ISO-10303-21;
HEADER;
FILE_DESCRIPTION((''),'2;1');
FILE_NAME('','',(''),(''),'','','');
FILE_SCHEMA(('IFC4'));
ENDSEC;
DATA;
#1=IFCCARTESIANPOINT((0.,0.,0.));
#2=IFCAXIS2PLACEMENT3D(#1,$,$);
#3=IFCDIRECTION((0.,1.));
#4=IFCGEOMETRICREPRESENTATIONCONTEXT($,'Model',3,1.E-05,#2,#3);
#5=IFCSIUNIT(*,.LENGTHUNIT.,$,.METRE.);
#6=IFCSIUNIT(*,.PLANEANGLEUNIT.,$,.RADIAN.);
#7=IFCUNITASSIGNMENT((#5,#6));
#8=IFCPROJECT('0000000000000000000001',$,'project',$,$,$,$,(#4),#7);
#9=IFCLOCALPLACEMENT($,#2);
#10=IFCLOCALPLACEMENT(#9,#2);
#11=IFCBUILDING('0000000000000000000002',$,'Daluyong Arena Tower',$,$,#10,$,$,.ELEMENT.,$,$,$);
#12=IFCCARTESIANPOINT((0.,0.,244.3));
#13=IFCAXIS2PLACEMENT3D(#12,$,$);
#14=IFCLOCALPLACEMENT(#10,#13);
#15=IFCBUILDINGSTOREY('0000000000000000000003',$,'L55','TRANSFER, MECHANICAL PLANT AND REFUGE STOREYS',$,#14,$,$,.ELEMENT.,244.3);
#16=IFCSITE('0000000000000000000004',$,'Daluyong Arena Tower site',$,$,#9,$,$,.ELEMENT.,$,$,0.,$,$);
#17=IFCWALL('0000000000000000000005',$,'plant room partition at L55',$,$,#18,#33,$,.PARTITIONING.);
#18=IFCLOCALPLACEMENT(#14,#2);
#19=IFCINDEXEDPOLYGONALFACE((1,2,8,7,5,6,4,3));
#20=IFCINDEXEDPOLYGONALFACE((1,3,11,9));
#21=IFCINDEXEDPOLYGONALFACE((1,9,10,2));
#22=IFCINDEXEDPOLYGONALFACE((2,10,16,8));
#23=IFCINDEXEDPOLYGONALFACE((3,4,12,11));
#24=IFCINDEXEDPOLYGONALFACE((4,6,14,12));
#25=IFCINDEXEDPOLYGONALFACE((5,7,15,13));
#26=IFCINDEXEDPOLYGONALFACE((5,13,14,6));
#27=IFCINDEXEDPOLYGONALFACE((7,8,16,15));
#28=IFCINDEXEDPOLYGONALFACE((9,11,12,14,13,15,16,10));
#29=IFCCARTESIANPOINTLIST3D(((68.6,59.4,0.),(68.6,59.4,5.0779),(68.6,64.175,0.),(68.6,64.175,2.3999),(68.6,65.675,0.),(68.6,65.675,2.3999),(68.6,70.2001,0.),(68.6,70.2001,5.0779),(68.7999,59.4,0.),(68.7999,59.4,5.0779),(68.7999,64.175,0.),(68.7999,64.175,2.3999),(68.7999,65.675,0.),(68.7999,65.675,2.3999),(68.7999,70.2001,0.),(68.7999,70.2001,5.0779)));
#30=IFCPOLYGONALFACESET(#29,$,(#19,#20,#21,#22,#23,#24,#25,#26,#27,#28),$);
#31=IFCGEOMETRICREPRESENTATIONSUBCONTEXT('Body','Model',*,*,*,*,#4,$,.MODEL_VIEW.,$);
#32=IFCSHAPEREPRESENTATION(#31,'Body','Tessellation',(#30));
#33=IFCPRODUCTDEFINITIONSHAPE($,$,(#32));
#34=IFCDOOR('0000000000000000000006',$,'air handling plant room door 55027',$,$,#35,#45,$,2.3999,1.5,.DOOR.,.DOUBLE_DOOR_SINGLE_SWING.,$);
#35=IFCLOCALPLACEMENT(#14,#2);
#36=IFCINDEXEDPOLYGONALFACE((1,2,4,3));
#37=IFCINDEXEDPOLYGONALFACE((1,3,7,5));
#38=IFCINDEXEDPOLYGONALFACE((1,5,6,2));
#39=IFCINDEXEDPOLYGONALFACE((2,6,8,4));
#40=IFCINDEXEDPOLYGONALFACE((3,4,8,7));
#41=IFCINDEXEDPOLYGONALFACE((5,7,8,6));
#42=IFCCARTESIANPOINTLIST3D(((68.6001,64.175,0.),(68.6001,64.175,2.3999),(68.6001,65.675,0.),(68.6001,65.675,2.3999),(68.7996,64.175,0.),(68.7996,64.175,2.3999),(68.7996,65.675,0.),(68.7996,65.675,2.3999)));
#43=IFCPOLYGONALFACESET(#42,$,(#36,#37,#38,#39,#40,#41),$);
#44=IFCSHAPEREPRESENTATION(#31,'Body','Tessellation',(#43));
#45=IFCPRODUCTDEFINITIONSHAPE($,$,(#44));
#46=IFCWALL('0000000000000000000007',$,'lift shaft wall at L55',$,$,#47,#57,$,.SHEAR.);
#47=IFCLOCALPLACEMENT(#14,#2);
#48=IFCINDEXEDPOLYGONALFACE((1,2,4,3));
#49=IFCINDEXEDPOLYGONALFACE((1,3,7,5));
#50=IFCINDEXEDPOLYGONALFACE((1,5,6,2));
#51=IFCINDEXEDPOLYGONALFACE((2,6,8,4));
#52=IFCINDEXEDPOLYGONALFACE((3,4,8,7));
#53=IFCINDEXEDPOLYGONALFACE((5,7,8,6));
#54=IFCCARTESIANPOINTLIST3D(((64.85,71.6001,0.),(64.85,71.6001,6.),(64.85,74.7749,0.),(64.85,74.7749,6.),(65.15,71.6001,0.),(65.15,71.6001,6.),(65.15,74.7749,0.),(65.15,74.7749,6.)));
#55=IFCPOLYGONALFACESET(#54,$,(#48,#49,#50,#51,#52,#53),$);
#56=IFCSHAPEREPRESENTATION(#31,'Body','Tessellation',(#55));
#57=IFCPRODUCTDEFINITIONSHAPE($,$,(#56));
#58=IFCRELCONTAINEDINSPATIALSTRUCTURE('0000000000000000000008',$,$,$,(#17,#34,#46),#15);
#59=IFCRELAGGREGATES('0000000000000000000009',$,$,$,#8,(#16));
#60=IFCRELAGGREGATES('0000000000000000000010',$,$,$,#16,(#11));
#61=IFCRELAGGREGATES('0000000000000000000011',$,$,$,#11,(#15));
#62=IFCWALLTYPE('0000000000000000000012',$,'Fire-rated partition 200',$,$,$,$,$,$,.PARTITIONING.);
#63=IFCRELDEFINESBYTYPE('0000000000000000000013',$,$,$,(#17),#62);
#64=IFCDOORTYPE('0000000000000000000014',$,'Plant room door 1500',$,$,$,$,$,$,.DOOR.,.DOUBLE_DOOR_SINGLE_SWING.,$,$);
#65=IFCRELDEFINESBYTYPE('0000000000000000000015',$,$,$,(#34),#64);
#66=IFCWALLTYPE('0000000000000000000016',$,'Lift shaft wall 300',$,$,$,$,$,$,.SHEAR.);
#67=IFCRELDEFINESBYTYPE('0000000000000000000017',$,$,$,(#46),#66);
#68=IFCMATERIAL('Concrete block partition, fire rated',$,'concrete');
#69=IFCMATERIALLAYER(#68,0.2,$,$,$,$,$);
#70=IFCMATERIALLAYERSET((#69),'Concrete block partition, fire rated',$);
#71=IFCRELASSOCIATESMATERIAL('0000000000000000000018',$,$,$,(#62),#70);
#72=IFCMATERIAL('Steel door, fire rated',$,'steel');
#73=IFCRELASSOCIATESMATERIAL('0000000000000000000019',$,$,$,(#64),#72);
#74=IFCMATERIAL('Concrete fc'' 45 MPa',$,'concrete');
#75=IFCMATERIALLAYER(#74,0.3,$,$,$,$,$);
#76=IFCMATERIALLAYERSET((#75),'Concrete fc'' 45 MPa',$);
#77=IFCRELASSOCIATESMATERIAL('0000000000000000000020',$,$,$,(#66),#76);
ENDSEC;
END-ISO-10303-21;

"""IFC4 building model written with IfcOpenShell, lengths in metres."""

from ifc_helpers import new_model, si_unit, direction, frame, frame_2d, origin, place, context, subcontext, project, spatial, rectangle, extrude, material, layer, layer_set, type_object, element, fill, save


model = new_model("IFC4")

# Units and contexts
model_context = context("Model", 3, precision=1e-05, world=origin(), true_north=direction((0.0, 1.0)))
body_context = subcontext(model_context, "Body", "Model", "MODEL_VIEW")
ifc_project = project(units=[si_unit("LENGTHUNIT", "METRE"), si_unit("PLANEANGLEUNIT", "RADIAN")], contexts=[model_context])

# Site, building, storey
site_placement = place(None, origin())
site = spatial("IfcSite", under=ifc_project, at=site_placement, Name="Daluyong Arena Tower site", CompositionType="ELEMENT", RefElevation=0.0)
building_placement = place(site_placement, origin())
building = spatial("IfcBuilding", under=site, at=building_placement, Name="Daluyong Arena Tower", CompositionType="ELEMENT")
storey_placement = place(building_placement, frame((0.0, 0.0, 244.3)))
storey = spatial("IfcBuildingStorey", under=building, at=storey_placement, Name="L55", Description="TRANSFER, MECHANICAL PLANT AND REFUGE STOREYS", CompositionType="ELEMENT", Elevation=244.3)

# Wall, opening, door
ifc_material_1 = material(Name="Concrete block partition, fire rated", Category="concrete")
ifc_layer_1 = layer(ifc_material_1, 0.2)
ifc_layer_set_1 = layer_set([ifc_layer_1], Name="Concrete block partition, fire rated")
wall_type_1 = type_object("IfcWallType", Name="Fire-rated partition 200", PredefinedType="PARTITIONING", material=ifc_layer_set_1)
ifc_material_2 = material(Name="Steel door, fire rated", Category="steel")
door_type_1 = type_object("IfcDoorType", Name="Plant room door 1500", OperationType="DOUBLE_DOOR_SINGLE_SWING", PredefinedType="DOOR", material=ifc_material_2)
wall_1_placement = place(storey_placement, frame((68.7, 70.2, 0.0), z_axis=(0.0, 0.0, 1.0), x_axis=(0.0, -1.0, 0.0)))
wall_1 = element("IfcWall", 1, at=wall_1_placement, inside=storey, type_object=wall_type_1, Name="plant room partition at L55", PredefinedType="PARTITIONING", context=body_context, shape_type="SweptSolid", body=[
    extrude(rectangle(XDim=10.8, YDim=0.2, at=frame_2d((5.3999, 0.0))), origin(), (0.0, 0.0, 1.0), 5.0779),
])
opening_1_placement = place(wall_1_placement, frame((4.5249, 0.0, 0.0)))
opening_1 = element("IfcOpeningElement", 2, at=opening_1_placement, cuts=wall_1, PredefinedType="OPENING", context=body_context, shape_type="SweptSolid", body=[
    extrude(rectangle(XDim=1.5, YDim=2.3999, at=frame_2d((0.75, 1.2))), frame((0.0, 0.1099, 0.0), z_axis=(0.0, -1.0, 0.0), x_axis=(1.0, 0.0, 0.0)), (0.0, 0.0, 1.0), 0.22),
])
door_1_placement = place(opening_1_placement, origin())
door_1 = element("IfcDoor", 3, at=door_1_placement, inside=storey, type_object=door_type_1, Name="air handling plant room door 55027", OperationType="DOUBLE_DOOR_SINGLE_SWING", OverallHeight=2.3999, OverallWidth=1.5, PredefinedType="DOOR", context=body_context, shape_type="SweptSolid", body=[
    extrude(rectangle(XDim=1.5, YDim=2.3999, at=frame_2d((0.75, 1.2))), frame((0.0, 0.0996, 0.0), z_axis=(0.0, -1.0, 0.0), x_axis=(1.0, 0.0, 0.0)), (0.0, 0.0, 1.0), 0.1995),
])
fill(opening_1, door_1)

# Wall
ifc_material_3 = material(Name="Concrete fc' 45 MPa", Category="concrete")
ifc_layer_2 = layer(ifc_material_3, 0.3)
ifc_layer_set_2 = layer_set([ifc_layer_2], Name="Concrete fc' 45 MPa")
wall_type_2 = type_object("IfcWallType", Name="Lift shaft wall 300", PredefinedType="SHEAR", material=ifc_layer_set_2)
wall_2_placement = place(storey_placement, frame((65.0, 71.6001, 0.0), z_axis=(0.0, 0.0, 1.0), x_axis=(0.0, 1.0, 0.0)))
element("IfcWall", 4, at=wall_2_placement, inside=storey, type_object=wall_type_2, Name="lift shaft wall at L55", PredefinedType="SHEAR", context=body_context, shape_type="SweptSolid", body=[
    extrude(rectangle(XDim=3.1748, YDim=0.3, at=frame_2d((1.5874, 0.0))), origin(), (0.0, 0.0, 1.0), 6.0),
])

save(model, "model.ifc")
